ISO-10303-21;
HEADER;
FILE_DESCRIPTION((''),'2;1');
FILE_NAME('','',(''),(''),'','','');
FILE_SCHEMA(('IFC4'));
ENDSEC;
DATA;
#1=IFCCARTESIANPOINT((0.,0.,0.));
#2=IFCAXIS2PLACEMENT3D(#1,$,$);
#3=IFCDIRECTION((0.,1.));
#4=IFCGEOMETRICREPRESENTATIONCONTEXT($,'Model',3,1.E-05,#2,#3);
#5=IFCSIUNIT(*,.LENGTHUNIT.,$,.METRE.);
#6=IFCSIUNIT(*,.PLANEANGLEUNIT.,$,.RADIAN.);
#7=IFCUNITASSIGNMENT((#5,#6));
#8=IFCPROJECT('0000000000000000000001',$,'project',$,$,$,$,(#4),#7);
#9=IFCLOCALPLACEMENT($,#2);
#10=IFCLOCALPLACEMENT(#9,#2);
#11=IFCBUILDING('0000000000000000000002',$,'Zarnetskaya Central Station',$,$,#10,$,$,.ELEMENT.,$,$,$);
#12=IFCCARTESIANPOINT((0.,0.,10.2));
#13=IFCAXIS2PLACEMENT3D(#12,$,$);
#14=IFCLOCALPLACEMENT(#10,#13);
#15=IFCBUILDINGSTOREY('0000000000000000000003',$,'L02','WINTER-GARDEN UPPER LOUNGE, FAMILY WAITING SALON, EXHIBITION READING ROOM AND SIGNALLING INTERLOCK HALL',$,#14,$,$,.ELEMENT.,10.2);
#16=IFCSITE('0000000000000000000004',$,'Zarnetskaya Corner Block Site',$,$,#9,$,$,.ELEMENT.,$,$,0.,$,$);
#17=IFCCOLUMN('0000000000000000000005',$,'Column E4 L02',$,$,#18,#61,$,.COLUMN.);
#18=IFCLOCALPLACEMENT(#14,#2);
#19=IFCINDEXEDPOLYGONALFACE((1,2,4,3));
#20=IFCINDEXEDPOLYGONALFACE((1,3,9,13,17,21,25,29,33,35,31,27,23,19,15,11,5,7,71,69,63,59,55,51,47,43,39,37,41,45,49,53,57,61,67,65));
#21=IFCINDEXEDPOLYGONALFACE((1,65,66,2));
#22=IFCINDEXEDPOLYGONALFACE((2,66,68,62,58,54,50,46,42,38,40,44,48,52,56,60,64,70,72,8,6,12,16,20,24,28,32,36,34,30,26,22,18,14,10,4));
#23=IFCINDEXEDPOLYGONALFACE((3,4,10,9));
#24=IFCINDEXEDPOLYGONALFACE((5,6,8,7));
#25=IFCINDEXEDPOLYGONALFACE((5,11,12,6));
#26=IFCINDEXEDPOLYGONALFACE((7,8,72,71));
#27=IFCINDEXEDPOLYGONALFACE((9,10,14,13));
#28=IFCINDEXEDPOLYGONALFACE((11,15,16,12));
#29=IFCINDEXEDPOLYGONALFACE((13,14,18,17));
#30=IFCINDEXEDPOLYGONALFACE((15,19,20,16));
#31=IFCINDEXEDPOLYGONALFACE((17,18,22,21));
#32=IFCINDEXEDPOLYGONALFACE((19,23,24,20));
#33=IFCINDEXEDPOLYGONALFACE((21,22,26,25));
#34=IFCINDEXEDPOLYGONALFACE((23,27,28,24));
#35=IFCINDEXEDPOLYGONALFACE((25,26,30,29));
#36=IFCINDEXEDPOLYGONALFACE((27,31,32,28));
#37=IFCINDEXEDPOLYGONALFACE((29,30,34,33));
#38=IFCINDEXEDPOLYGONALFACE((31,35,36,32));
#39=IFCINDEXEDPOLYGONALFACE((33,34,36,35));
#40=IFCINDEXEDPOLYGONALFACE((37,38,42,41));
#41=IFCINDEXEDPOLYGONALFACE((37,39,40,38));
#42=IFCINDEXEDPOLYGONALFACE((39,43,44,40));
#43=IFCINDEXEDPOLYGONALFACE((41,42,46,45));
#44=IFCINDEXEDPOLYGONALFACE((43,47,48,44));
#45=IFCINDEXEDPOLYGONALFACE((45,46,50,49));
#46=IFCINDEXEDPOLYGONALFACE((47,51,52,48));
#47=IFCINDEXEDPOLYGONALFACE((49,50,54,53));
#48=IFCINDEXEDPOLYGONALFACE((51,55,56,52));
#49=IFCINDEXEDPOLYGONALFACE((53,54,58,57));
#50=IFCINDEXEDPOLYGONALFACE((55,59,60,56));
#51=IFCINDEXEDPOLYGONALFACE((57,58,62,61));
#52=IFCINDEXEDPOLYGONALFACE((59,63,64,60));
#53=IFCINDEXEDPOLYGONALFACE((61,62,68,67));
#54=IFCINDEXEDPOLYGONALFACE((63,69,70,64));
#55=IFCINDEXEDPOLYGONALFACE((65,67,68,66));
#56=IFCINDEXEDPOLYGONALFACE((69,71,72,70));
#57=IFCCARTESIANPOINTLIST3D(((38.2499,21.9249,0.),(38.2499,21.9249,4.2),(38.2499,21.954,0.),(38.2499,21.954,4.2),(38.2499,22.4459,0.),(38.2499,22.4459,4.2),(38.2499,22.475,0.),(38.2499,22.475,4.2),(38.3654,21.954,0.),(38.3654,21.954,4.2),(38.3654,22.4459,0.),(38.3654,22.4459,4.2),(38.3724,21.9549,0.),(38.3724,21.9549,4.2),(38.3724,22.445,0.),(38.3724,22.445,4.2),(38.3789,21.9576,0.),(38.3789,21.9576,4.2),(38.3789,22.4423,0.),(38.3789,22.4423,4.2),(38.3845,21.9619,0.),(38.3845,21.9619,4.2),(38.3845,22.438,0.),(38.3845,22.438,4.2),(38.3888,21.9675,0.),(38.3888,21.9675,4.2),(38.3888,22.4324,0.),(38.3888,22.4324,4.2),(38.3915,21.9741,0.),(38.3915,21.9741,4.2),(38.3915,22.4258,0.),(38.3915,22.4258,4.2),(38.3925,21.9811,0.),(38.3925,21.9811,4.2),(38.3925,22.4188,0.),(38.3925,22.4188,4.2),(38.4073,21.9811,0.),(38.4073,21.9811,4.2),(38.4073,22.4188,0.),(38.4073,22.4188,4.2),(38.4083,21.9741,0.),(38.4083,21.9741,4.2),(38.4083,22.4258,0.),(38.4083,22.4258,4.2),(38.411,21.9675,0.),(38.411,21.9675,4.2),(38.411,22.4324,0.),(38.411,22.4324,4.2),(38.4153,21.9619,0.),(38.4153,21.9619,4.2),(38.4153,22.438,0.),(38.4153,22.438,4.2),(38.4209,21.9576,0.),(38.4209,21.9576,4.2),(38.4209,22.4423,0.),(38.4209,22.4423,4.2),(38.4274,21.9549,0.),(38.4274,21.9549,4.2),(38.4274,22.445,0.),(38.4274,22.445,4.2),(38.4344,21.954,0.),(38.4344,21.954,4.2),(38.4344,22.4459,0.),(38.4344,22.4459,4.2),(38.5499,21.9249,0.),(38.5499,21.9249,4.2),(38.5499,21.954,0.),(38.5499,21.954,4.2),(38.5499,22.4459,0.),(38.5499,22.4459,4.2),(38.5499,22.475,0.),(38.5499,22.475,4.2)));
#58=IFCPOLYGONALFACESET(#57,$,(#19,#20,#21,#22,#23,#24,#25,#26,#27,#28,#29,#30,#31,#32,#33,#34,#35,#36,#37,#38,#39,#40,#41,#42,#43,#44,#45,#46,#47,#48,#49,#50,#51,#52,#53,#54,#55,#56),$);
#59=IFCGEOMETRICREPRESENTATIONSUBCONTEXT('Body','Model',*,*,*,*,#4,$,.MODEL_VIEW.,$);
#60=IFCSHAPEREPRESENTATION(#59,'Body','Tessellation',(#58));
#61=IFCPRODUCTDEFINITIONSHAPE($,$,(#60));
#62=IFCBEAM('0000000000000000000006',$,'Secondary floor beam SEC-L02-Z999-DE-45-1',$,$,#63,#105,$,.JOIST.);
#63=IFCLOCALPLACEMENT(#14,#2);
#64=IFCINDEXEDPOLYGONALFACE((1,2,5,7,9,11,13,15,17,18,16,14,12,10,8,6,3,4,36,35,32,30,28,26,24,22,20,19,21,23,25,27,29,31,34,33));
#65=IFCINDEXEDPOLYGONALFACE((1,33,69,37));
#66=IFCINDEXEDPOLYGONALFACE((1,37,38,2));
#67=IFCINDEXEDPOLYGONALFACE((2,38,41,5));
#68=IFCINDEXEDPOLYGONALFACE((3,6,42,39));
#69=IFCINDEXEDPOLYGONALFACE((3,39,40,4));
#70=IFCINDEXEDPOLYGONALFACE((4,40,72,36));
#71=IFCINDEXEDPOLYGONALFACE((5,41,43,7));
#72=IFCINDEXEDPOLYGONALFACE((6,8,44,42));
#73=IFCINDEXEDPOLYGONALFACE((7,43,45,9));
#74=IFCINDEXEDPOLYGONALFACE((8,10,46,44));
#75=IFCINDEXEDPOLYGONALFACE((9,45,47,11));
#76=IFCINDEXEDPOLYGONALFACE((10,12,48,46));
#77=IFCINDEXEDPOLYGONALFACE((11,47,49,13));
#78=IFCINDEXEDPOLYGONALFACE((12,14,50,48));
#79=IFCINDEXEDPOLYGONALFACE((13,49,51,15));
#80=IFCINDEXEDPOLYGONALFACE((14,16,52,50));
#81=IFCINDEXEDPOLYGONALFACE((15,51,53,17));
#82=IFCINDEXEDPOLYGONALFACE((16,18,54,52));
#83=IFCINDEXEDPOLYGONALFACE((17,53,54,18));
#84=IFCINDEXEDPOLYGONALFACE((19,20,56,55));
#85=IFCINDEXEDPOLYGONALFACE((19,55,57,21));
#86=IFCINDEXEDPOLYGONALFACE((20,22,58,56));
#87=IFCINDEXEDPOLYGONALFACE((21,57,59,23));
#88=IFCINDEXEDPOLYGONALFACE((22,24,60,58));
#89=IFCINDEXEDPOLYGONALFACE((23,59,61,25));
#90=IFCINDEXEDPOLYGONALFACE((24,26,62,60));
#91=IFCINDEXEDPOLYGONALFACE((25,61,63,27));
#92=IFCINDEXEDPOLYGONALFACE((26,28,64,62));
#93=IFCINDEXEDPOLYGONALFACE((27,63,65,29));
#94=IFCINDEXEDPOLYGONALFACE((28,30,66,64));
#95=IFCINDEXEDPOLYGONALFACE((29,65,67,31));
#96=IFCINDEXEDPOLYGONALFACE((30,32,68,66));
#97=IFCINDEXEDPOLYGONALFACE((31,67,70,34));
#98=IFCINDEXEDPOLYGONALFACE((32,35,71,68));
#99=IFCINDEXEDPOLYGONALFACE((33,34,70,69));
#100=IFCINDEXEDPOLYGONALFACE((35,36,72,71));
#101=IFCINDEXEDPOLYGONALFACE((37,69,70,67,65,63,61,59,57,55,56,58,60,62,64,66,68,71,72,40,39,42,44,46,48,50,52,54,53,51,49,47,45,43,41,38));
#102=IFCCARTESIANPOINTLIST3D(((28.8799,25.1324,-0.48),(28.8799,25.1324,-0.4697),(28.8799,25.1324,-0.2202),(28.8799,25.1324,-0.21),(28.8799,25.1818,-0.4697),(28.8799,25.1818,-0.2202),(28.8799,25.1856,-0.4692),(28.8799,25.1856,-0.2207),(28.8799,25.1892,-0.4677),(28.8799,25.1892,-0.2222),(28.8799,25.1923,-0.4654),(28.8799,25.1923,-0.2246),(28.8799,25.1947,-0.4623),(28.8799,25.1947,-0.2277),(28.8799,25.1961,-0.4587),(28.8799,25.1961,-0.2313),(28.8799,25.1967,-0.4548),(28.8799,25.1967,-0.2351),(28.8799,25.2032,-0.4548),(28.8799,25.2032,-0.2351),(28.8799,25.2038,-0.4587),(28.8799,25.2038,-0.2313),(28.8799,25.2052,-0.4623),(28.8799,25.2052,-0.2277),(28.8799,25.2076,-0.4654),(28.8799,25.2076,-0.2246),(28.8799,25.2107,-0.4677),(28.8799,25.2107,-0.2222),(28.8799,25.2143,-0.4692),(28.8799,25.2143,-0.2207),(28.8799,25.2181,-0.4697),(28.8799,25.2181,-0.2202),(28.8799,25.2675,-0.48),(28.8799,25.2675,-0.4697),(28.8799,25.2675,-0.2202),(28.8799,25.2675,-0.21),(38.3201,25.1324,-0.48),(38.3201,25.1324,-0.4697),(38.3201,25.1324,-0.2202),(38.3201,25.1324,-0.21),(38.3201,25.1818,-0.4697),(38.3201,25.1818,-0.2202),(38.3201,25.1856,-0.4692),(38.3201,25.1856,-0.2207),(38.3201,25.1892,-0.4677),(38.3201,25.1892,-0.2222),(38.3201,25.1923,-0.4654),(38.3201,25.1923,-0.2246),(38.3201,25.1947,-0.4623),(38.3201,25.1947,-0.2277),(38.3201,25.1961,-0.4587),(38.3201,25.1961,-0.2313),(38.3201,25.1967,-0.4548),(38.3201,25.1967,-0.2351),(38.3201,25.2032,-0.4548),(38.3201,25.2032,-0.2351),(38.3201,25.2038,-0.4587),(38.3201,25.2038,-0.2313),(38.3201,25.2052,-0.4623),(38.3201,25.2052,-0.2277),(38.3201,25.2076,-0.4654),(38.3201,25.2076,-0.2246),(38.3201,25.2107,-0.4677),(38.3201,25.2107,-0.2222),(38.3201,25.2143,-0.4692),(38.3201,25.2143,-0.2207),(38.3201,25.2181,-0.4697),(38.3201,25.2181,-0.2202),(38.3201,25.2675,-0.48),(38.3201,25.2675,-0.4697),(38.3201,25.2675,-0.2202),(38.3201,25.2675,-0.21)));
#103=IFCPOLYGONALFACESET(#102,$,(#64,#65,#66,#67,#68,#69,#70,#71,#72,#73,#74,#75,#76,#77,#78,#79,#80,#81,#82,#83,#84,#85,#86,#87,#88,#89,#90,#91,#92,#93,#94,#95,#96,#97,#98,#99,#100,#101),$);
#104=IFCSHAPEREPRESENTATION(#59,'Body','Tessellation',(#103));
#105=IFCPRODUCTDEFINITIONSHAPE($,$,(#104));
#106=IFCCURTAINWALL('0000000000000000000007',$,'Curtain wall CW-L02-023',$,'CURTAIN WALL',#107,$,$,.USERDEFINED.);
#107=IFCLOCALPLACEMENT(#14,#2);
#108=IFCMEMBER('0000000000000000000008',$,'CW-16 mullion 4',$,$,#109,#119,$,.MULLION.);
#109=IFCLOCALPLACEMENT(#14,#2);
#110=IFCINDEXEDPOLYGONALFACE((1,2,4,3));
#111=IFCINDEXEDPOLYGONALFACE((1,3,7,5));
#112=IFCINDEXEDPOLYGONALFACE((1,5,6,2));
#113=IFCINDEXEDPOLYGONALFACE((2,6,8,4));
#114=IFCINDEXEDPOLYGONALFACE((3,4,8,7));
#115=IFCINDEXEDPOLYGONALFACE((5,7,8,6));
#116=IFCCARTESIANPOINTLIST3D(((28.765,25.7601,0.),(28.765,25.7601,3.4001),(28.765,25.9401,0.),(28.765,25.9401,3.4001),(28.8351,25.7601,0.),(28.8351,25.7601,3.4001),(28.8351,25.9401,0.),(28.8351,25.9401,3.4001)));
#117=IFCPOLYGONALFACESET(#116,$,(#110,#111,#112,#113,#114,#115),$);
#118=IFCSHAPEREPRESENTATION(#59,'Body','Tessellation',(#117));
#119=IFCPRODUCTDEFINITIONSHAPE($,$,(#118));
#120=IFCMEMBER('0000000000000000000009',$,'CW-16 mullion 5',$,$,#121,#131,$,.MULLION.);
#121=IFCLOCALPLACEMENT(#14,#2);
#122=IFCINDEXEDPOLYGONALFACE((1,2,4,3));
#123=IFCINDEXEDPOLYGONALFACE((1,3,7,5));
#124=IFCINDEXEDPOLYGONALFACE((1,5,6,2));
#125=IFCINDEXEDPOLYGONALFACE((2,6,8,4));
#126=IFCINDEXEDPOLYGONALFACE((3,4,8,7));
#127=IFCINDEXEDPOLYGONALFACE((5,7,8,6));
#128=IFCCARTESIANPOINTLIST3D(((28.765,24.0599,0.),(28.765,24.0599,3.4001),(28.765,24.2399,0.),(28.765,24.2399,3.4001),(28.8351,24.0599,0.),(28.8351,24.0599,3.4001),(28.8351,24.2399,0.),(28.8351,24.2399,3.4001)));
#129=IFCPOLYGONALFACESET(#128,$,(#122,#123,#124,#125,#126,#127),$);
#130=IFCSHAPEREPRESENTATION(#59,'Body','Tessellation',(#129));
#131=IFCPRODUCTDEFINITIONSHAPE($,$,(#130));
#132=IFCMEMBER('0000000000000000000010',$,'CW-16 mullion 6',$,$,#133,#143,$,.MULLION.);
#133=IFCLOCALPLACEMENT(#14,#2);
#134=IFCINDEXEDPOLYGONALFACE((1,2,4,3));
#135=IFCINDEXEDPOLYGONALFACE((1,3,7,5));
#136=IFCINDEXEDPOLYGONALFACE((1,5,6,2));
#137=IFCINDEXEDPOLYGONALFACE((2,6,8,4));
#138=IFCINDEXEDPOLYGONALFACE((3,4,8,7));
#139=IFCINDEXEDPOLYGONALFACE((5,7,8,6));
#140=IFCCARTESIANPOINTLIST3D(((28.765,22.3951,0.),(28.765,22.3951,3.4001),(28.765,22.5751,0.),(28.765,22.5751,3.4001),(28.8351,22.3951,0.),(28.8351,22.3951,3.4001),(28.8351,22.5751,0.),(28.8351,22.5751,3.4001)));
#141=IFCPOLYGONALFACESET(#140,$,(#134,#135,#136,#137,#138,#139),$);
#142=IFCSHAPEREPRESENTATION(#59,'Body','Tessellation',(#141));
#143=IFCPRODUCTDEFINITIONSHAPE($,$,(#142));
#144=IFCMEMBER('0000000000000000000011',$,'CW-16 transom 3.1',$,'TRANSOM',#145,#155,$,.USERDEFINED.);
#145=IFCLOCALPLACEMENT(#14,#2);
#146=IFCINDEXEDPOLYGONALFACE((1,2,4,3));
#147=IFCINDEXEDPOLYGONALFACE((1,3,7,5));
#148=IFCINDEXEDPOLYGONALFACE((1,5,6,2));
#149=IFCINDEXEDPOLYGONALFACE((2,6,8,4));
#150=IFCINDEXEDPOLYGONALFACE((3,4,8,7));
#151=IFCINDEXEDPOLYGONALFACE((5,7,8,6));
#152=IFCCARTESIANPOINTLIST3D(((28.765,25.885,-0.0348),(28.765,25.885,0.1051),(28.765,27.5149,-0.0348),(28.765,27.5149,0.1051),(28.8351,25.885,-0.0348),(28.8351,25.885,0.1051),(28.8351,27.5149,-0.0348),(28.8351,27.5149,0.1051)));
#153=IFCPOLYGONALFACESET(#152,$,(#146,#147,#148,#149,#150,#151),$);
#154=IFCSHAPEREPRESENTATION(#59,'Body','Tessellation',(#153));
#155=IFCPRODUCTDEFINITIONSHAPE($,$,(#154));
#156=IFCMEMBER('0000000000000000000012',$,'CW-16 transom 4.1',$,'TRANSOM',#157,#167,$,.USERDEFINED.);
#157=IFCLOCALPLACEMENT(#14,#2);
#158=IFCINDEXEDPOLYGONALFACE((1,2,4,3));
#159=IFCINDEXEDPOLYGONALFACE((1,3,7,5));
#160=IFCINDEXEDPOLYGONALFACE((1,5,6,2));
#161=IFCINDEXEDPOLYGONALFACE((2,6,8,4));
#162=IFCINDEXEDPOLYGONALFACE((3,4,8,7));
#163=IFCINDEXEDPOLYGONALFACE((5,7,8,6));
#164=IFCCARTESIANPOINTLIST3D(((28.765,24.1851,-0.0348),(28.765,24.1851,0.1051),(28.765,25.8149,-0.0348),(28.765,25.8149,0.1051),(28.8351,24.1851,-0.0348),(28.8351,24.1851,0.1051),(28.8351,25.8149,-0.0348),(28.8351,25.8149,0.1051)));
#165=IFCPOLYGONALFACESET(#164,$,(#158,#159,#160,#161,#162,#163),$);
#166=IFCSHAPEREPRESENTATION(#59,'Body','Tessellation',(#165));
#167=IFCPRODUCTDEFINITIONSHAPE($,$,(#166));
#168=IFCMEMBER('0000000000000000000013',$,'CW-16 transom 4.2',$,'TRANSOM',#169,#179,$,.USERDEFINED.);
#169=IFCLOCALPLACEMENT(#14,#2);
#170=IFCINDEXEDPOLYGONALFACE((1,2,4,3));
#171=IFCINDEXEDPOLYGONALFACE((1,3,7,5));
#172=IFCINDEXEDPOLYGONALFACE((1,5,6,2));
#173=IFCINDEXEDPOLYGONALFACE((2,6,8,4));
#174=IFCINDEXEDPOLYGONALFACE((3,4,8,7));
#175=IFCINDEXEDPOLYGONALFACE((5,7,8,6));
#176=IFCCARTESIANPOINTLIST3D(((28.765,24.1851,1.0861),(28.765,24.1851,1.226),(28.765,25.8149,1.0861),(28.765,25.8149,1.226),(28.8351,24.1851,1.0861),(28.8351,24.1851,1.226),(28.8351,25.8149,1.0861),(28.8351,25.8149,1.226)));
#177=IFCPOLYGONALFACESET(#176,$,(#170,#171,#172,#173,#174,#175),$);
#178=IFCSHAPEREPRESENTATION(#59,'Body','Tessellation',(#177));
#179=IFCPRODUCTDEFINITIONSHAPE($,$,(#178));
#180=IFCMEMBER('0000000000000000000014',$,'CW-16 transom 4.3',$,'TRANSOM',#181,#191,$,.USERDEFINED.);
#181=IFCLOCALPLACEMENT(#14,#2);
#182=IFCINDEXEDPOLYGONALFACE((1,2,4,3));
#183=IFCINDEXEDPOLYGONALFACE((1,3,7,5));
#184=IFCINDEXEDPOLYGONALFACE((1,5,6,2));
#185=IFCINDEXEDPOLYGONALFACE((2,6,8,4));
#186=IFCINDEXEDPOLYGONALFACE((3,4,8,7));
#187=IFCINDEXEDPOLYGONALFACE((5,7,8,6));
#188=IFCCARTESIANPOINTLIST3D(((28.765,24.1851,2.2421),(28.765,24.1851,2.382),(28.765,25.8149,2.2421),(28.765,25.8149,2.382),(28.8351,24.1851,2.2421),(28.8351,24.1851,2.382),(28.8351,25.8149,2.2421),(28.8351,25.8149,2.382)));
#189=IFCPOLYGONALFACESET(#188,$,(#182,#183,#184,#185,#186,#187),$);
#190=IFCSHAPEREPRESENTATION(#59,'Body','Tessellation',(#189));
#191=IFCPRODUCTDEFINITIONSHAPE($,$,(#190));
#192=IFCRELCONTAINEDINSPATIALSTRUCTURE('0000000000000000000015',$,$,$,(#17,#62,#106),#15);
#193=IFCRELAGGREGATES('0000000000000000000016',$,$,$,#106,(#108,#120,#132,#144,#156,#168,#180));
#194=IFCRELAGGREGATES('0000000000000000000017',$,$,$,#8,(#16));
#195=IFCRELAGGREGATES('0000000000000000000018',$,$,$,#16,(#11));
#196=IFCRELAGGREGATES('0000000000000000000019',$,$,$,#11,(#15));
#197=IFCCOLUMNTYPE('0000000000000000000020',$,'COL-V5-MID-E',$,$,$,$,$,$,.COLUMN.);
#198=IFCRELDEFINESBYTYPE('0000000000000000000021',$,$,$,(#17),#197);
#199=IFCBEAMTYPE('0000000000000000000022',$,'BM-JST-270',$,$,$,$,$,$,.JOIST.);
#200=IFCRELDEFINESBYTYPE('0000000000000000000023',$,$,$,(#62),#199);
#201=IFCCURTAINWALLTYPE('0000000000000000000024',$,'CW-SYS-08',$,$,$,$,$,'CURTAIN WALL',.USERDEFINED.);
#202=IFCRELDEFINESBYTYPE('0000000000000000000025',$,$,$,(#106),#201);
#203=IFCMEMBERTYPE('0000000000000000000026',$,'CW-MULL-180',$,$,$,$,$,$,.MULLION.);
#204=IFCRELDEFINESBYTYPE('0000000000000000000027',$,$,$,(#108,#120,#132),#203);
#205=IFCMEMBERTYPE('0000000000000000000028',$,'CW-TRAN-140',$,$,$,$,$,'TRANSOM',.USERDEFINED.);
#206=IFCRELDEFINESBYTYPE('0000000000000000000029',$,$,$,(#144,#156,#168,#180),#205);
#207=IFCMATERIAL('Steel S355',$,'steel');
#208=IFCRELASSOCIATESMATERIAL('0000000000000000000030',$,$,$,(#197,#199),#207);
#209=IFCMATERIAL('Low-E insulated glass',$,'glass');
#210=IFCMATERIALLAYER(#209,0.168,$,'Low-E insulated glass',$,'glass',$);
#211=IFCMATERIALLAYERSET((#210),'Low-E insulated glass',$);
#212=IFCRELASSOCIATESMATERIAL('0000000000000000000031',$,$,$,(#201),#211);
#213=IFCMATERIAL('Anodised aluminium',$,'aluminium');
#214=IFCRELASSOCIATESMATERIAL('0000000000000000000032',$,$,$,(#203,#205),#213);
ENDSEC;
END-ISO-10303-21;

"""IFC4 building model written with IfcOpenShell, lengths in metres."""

from ifc_helpers import new_model, si_unit, direction, frame, origin, origin_2d, place, context, subcontext, project, spatial, rectangle, i_section, extrude, material, layer, layer_set, material_profile, profile_set, type_object, element, aggregate, save


model = new_model("IFC4")

# Units and contexts
model_context = context("Model", 3, precision=1e-05, world=origin(), true_north=direction((0.0, 1.0)))
body_context = subcontext(model_context, "Body", "Model", "MODEL_VIEW")
ifc_project = project(units=[si_unit("LENGTHUNIT", "METRE"), si_unit("PLANEANGLEUNIT", "RADIAN")], contexts=[model_context])

# Site, building, storey
site_placement = place(None, origin())
site = spatial("IfcSite", under=ifc_project, at=site_placement, Name="Zarnetskaya Corner Block Site", CompositionType="ELEMENT", RefElevation=0.0)
building_placement = place(site_placement, origin())
building = spatial("IfcBuilding", under=site, at=building_placement, Name="Zarnetskaya Central Station", CompositionType="ELEMENT")
storey_placement = place(building_placement, frame((0.0, 0.0, 10.2)))
storey = spatial("IfcBuildingStorey", under=building, at=storey_placement, Name="L02", Description="WINTER-GARDEN UPPER LOUNGE, FAMILY WAITING SALON, EXHIBITION READING ROOM AND SIGNALLING INTERLOCK HALL", CompositionType="ELEMENT", Elevation=10.2)

# Column
ifc_material_1 = material(Name="Steel S355", Category="steel")
ifc_material_profile_1 = material_profile(ifc_material_1, i_section(OverallWidth=0.3, OverallDepth=0.55, WebThickness=0.0149, FlangeThickness=0.0291, FilletRadius=0.0271, at=origin_2d()), Name="HEB 550")
ifc_profile_set_1 = profile_set([ifc_material_profile_1], Name="Steel S355")
column_type = type_object("IfcColumnType", Name="COL-V5-MID-E", PredefinedType="COLUMN", material=ifc_profile_set_1)
column_placement = place(storey_placement, frame((38.3999, 22.2, 0.0), z_axis=(0.0, 0.0, 1.0), x_axis=(1.0, 0.0, 0.0)))
element("IfcColumn", 1, at=column_placement, inside=storey, type_object=column_type, Name="Column E4 L02", PredefinedType="COLUMN", context=body_context, shape_type="SweptSolid", body=[
    extrude(i_section(OverallWidth=0.3, OverallDepth=0.55, WebThickness=0.0149, FlangeThickness=0.0291, FilletRadius=0.0271, at=origin_2d()), origin(), (0.0, 0.0, 1.0), 4.2),
])

# Beam
ifc_material_profile_2 = material_profile(ifc_material_1, i_section(OverallWidth=0.135, OverallDepth=0.27, WebThickness=0.0066, FlangeThickness=0.0103, FilletRadius=0.0149, at=origin_2d()), Name="IPE 270")
ifc_profile_set_2 = profile_set([ifc_material_profile_2], Name="Steel S355")
beam_type_1 = type_object("IfcBeamType", Name="BM-JST-270", PredefinedType="JOIST", material=ifc_profile_set_2)
beam_1_placement = place(storey_placement, frame((28.8799, 25.2, -0.345), z_axis=(1.0, 0.0, 0.0), x_axis=(0.0, 1.0, 0.0)))
element("IfcBeam", 2, at=beam_1_placement, inside=storey, type_object=beam_type_1, Name="Secondary floor beam SEC-L02-Z999-DE-45-1", PredefinedType="JOIST", context=body_context, shape_type="SweptSolid", body=[
    extrude(i_section(OverallWidth=0.135, OverallDepth=0.27, WebThickness=0.0066, FlangeThickness=0.0103, FilletRadius=0.0149, at=origin_2d()), origin(), (0.0, 0.0, 1.0), 9.4402),
])

# Curtain wall, members
ifc_material_2 = material(Name="Low-E insulated glass", Category="glass")
ifc_layer_1 = layer(ifc_material_2, 0.168, Name="Low-E insulated glass", Category="glass")
ifc_layer_set_1 = layer_set([ifc_layer_1], Name="Low-E insulated glass")
curtain_wall_type = type_object("IfcCurtainWallType", Name="CW-SYS-08", ElementType="CURTAIN WALL", PredefinedType="USERDEFINED", material=ifc_layer_set_1)
curtain_wall_placement = place(storey_placement, origin())
curtain_wall = element("IfcCurtainWall", 3, at=curtain_wall_placement, inside=storey, type_object=curtain_wall_type, Name="Curtain wall CW-L02-023", ObjectType="CURTAIN WALL", PredefinedType="USERDEFINED")
ifc_material_3 = material(Name="Anodised aluminium", Category="aluminium")
ifc_material_profile_3 = material_profile(ifc_material_3, rectangle(XDim=0.0701, YDim=0.1799, at=origin_2d()), Name="ALU MULL 70x180")
ifc_profile_set_3 = profile_set([ifc_material_profile_3], Name="Anodised aluminium")
member_type_1 = type_object("IfcMemberType", Name="CW-MULL-180", PredefinedType="MULLION", material=ifc_profile_set_3)
member_1_placement = place(storey_placement, frame((28.8, 25.8501, 0.0), z_axis=(0.0, 0.0, 1.0), x_axis=(1.0, 0.0, 0.0)))
member_1 = element("IfcMember", 4, at=member_1_placement, type_object=member_type_1, Name="CW-16 mullion 4", PredefinedType="MULLION", context=body_context, shape_type="SweptSolid", body=[
    extrude(rectangle(XDim=0.0701, YDim=0.1799, at=origin_2d()), origin(), (0.0, 0.0, 1.0), 3.4001),
])
member_2_placement = place(storey_placement, frame((28.8, 24.1499, 0.0), z_axis=(0.0, 0.0, 1.0), x_axis=(1.0, 0.0, 0.0)))
member_2 = element("IfcMember", 5, at=member_2_placement, type_object=member_type_1, Name="CW-16 mullion 5", PredefinedType="MULLION", context=body_context, shape_type="SweptSolid", body=[
    extrude(rectangle(XDim=0.0701, YDim=0.1799, at=origin_2d()), origin(), (0.0, 0.0, 1.0), 3.4001),
])
member_3_placement = place(storey_placement, frame((28.8, 22.4851, 0.0), z_axis=(0.0, 0.0, 1.0), x_axis=(1.0, 0.0, 0.0)))
member_3 = element("IfcMember", 6, at=member_3_placement, type_object=member_type_1, Name="CW-16 mullion 6", PredefinedType="MULLION", context=body_context, shape_type="SweptSolid", body=[
    extrude(rectangle(XDim=0.0701, YDim=0.1799, at=origin_2d()), origin(), (0.0, 0.0, 1.0), 3.4001),
])
ifc_material_profile_4 = material_profile(ifc_material_3, rectangle(XDim=0.0701, YDim=0.1399, at=origin_2d()), Name="ALU TRAN 70x140")
ifc_profile_set_4 = profile_set([ifc_material_profile_4], Name="Anodised aluminium")
member_type_2 = type_object("IfcMemberType", Name="CW-TRAN-140", ElementType="TRANSOM", PredefinedType="USERDEFINED", material=ifc_profile_set_4)
member_4_placement = place(storey_placement, frame((28.8, 27.5149, 0.0352), z_axis=(0.0, -1.0, 0.0), x_axis=(1.0, 0.0, 0.0)))
member_4 = element("IfcMember", 7, at=member_4_placement, type_object=member_type_2, Name="CW-16 transom 3.1", ObjectType="TRANSOM", PredefinedType="USERDEFINED", context=body_context, shape_type="SweptSolid", body=[
    extrude(rectangle(XDim=0.0701, YDim=0.1399, at=origin_2d()), origin(), (0.0, 0.0, 1.0), 1.6299),
])
member_5_placement = place(storey_placement, frame((28.8, 25.8149, 0.0352), z_axis=(0.0, -1.0, 0.0), x_axis=(1.0, 0.0, 0.0)))
member_5 = element("IfcMember", 8, at=member_5_placement, type_object=member_type_2, Name="CW-16 transom 4.1", ObjectType="TRANSOM", PredefinedType="USERDEFINED", context=body_context, shape_type="SweptSolid", body=[
    extrude(rectangle(XDim=0.0701, YDim=0.1399, at=origin_2d()), origin(), (0.0, 0.0, 1.0), 1.6299),
])
member_6_placement = place(storey_placement, frame((28.8, 25.8149, 1.156), z_axis=(0.0, -1.0, 0.0), x_axis=(1.0, 0.0, 0.0)))
member_6 = element("IfcMember", 9, at=member_6_placement, type_object=member_type_2, Name="CW-16 transom 4.2", ObjectType="TRANSOM", PredefinedType="USERDEFINED", context=body_context, shape_type="SweptSolid", body=[
    extrude(rectangle(XDim=0.0701, YDim=0.1399, at=origin_2d()), origin(), (0.0, 0.0, 1.0), 1.6299),
])
member_7_placement = place(storey_placement, frame((28.8, 25.8149, 2.312), z_axis=(0.0, -1.0, 0.0), x_axis=(1.0, 0.0, 0.0)))
member_7 = element("IfcMember", 10, at=member_7_placement, type_object=member_type_2, Name="CW-16 transom 4.3", ObjectType="TRANSOM", PredefinedType="USERDEFINED", context=body_context, shape_type="SweptSolid", body=[
    extrude(rectangle(XDim=0.0701, YDim=0.1399, at=origin_2d()), origin(), (0.0, 0.0, 1.0), 1.6299),
])

aggregate(curtain_wall, [member_1, member_2, member_3, member_4, member_5, member_6, member_7])

save(model, "model.ifc")
